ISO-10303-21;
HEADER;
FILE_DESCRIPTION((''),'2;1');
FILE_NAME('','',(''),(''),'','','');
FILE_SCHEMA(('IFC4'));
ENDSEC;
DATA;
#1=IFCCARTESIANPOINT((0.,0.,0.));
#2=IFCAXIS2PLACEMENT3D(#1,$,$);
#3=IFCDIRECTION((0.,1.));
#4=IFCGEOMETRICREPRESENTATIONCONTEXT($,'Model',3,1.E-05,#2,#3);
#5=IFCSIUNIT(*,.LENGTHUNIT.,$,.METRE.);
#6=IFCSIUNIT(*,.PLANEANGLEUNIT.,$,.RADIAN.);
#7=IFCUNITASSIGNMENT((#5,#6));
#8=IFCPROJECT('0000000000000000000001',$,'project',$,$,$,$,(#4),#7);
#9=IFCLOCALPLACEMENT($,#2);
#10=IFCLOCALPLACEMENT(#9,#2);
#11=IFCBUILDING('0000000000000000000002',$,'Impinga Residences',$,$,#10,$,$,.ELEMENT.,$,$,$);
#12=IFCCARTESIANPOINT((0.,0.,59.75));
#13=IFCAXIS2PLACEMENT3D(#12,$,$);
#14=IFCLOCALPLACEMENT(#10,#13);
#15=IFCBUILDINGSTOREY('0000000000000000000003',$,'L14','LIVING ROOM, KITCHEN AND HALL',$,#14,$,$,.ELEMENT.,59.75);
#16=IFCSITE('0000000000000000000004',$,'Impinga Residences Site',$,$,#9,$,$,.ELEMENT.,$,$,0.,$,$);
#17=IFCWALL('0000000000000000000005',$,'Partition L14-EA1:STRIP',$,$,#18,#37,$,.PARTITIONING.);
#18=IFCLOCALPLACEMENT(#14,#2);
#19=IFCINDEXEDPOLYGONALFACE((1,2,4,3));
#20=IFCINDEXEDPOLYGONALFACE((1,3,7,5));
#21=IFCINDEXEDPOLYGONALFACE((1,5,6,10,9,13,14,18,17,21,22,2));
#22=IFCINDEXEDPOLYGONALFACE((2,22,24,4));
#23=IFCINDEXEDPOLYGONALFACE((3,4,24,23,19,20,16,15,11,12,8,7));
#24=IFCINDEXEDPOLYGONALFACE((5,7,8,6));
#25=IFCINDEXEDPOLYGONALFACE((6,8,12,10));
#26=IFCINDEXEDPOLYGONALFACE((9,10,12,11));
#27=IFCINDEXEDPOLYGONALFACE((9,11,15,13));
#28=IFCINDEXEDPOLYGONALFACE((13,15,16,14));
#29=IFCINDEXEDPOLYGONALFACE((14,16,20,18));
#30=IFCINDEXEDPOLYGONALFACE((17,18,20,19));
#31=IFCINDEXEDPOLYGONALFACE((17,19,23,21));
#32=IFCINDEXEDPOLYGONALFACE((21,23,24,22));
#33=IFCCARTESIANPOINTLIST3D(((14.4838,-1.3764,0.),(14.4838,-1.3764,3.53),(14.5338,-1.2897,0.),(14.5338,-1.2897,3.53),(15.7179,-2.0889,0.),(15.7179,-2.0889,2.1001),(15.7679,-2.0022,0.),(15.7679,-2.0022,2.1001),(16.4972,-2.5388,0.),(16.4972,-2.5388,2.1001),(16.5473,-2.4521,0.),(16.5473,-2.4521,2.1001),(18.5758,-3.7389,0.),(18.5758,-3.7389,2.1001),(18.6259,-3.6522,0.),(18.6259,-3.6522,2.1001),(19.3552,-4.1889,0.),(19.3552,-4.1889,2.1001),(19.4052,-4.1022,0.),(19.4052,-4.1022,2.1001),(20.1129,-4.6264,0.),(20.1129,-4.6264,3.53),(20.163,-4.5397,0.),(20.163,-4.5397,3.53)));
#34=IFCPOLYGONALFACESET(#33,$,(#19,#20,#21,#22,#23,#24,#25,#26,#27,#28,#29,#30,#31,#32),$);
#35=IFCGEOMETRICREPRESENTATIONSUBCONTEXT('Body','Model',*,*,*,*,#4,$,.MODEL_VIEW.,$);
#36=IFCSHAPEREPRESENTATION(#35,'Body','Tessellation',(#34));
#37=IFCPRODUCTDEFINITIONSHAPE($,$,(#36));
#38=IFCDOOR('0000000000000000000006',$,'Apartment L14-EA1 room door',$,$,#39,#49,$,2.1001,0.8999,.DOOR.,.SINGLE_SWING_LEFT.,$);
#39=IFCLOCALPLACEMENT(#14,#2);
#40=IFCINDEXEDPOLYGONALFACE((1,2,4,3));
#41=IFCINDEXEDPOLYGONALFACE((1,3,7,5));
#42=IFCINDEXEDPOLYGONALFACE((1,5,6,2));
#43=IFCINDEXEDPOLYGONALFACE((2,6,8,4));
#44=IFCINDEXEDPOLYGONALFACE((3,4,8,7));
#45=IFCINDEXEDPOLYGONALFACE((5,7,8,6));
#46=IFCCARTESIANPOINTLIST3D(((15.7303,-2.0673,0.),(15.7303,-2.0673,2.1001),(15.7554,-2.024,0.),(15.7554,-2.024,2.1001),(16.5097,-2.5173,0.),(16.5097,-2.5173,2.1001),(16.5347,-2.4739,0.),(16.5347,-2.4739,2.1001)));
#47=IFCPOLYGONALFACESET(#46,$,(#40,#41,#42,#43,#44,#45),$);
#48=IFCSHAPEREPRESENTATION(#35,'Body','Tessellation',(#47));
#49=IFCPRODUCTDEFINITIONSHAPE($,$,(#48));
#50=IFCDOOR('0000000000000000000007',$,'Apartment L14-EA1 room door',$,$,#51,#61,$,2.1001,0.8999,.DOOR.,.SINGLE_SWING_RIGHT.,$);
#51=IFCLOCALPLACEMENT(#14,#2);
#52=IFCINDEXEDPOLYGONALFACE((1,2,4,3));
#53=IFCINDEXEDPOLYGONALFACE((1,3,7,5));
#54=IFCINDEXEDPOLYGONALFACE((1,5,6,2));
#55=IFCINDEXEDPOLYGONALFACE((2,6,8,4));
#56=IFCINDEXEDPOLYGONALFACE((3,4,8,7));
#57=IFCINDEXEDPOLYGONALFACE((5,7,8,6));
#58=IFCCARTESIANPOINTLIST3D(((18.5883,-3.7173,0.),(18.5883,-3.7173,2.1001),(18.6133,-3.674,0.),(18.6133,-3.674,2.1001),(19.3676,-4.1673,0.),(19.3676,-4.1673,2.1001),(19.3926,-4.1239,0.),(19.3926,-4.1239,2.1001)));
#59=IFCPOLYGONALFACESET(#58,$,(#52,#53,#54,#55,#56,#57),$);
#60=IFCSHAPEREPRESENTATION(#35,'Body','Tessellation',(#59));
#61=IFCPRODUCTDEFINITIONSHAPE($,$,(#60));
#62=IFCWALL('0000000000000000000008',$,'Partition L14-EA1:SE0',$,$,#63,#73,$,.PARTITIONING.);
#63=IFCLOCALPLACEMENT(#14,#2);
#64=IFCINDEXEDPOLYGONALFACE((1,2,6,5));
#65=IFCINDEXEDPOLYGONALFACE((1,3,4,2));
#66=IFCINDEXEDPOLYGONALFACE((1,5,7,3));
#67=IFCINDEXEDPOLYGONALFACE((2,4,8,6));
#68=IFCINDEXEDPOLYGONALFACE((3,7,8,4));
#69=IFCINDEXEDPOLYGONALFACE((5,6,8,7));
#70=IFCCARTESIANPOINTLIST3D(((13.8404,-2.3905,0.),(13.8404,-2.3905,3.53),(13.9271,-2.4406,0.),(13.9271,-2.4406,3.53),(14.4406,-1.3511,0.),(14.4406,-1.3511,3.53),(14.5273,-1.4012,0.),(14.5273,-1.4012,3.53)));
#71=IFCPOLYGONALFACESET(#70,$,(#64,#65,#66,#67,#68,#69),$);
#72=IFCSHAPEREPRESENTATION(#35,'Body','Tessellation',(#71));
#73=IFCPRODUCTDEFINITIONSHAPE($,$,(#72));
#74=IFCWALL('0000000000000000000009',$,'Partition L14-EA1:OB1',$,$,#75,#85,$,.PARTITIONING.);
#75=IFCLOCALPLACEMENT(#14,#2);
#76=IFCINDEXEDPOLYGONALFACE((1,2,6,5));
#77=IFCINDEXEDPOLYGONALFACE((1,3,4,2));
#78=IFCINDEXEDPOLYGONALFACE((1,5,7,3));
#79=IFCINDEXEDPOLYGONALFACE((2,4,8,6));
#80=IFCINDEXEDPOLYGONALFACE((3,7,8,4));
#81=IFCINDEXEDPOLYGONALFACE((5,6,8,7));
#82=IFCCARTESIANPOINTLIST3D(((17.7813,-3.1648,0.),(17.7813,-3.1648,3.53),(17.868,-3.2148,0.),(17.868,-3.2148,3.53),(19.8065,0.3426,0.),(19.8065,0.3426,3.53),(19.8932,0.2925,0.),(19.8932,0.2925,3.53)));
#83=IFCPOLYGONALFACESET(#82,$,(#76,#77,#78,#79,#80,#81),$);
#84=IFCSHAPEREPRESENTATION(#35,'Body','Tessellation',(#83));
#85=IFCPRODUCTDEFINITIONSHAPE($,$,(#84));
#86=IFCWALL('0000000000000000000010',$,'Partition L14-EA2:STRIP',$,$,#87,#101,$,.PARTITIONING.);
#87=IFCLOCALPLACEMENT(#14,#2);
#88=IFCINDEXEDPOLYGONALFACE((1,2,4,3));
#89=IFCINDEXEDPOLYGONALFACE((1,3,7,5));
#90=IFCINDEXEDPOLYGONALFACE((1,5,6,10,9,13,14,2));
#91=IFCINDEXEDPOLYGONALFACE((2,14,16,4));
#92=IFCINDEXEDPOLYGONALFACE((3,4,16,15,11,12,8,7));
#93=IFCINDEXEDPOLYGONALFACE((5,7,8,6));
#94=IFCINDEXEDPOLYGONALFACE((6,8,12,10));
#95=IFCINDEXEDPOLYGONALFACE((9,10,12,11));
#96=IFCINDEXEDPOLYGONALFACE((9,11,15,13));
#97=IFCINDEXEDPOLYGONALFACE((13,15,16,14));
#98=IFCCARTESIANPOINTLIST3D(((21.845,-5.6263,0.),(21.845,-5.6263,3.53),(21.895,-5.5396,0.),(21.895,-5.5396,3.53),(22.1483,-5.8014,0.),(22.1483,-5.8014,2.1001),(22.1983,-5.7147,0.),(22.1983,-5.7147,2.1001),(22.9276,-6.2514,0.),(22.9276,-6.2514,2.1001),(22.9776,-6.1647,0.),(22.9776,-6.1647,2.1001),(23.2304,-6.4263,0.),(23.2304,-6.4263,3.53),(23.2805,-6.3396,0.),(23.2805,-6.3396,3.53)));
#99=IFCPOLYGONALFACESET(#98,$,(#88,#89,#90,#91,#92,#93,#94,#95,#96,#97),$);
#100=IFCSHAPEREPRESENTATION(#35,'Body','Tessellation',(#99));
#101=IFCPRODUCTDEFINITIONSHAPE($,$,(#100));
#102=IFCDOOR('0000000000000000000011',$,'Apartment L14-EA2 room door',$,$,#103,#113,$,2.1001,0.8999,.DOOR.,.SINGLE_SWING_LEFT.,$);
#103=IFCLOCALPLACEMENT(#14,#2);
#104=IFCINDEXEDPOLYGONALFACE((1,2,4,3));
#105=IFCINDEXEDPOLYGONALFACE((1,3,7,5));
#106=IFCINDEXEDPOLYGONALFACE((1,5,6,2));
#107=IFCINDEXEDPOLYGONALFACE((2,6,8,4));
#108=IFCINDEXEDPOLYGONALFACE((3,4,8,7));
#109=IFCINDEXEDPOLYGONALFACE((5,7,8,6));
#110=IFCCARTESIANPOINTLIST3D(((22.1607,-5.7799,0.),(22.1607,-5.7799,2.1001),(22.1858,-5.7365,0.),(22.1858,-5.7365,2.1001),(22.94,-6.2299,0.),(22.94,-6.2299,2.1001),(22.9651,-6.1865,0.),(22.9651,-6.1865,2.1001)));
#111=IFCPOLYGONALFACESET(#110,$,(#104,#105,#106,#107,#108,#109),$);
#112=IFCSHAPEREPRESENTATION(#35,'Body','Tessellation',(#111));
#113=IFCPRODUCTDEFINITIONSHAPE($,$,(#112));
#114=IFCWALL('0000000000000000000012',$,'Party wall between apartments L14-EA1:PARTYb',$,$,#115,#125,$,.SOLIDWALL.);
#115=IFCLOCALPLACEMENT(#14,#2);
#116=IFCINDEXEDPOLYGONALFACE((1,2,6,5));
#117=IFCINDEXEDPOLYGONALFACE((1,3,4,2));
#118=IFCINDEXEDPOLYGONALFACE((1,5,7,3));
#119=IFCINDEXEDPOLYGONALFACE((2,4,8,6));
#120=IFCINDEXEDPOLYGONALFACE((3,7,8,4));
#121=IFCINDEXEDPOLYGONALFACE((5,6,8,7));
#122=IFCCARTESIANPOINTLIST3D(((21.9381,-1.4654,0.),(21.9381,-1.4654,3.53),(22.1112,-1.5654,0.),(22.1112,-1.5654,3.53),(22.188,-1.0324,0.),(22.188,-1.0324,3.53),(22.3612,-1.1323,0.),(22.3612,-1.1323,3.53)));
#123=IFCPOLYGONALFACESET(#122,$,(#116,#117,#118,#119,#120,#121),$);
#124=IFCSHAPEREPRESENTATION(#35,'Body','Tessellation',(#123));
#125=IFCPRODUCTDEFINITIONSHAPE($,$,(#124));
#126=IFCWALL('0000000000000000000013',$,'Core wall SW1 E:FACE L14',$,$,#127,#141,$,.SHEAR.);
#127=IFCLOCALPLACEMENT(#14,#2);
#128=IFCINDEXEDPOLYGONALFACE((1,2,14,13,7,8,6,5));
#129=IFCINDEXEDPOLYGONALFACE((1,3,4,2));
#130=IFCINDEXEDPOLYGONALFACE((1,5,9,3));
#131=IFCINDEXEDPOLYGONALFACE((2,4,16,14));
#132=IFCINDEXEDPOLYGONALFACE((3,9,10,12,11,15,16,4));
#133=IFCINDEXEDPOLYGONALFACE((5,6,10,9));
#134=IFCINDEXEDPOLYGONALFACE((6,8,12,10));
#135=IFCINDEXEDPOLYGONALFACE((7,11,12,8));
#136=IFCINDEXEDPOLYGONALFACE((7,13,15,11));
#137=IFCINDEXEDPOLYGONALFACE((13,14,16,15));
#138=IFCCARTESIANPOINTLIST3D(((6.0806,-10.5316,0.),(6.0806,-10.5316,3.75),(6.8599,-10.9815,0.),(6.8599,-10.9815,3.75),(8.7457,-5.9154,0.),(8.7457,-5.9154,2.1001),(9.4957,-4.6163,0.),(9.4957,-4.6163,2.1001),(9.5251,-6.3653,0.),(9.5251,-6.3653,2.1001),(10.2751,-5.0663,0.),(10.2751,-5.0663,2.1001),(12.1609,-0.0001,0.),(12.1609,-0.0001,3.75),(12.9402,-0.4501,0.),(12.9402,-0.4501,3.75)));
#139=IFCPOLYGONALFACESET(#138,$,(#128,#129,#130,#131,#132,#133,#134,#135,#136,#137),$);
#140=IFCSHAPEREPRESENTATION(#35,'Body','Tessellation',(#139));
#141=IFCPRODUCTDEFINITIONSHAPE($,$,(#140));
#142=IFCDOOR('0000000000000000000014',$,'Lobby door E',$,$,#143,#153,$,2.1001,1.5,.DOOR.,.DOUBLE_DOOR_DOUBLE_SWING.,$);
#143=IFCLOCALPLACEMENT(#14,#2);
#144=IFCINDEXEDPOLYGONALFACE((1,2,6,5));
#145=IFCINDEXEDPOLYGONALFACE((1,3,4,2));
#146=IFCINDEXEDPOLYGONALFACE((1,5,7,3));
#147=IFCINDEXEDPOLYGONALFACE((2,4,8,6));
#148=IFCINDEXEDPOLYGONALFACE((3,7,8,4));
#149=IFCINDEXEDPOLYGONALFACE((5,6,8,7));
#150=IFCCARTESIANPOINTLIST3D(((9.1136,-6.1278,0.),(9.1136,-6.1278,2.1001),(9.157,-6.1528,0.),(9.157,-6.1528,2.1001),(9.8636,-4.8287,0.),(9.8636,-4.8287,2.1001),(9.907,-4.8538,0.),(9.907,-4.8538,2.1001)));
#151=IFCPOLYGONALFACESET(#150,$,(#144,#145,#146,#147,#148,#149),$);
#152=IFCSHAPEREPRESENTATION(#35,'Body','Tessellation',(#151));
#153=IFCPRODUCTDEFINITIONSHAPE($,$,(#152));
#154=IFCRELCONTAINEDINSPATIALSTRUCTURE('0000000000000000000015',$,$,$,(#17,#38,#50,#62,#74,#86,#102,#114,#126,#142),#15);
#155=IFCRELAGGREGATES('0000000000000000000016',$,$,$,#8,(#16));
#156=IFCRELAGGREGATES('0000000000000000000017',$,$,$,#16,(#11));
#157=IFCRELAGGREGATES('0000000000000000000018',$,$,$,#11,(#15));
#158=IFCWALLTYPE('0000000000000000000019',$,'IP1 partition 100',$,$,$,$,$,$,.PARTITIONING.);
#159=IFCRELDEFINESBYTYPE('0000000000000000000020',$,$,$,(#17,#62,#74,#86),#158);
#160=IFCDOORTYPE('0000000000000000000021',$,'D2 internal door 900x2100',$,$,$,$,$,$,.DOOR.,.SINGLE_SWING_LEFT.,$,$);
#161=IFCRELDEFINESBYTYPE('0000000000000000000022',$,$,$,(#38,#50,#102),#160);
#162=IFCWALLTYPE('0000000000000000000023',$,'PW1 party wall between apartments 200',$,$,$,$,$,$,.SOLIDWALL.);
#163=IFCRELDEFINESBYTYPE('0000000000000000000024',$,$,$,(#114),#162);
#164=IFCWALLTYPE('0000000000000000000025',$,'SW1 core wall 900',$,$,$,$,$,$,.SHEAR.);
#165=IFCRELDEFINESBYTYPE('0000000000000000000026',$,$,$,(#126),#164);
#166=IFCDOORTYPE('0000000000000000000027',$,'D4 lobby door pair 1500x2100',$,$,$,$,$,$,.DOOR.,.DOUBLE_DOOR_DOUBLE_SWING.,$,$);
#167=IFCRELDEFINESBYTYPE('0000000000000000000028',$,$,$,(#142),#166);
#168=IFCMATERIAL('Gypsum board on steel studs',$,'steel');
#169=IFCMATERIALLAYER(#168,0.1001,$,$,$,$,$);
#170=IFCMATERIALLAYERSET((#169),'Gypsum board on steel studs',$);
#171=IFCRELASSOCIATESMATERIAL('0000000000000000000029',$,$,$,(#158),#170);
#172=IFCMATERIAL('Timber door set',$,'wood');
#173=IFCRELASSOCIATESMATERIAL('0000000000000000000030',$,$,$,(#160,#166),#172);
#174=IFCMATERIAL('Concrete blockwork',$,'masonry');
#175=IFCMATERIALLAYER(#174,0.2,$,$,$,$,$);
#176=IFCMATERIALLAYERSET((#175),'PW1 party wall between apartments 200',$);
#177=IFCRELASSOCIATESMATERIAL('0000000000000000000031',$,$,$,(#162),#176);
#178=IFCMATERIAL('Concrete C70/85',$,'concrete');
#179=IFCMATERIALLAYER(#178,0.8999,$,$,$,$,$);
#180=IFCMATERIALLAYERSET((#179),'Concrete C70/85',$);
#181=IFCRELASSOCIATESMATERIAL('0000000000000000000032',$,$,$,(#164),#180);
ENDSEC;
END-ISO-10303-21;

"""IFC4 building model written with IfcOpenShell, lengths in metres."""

from ifc_helpers import new_model, si_unit, direction, frame, frame_2d, origin, place, context, subcontext, project, spatial, rectangle, extrude, material, layer, layer_set, type_object, element, fill, save


model = new_model("IFC4")

# Units and contexts
model_context = context("Model", 3, precision=1e-05, world=origin(), true_north=direction((0.0, 1.0)))
body_context = subcontext(model_context, "Body", "Model", "MODEL_VIEW")
ifc_project = project(units=[si_unit("LENGTHUNIT", "METRE"), si_unit("PLANEANGLEUNIT", "RADIAN")], contexts=[model_context])

# Site, building, storey
site_placement = place(None, origin())
site = spatial("IfcSite", under=ifc_project, at=site_placement, Name="Impinga Residences Site", CompositionType="ELEMENT", RefElevation=0.0)
building_placement = place(site_placement, origin())
building = spatial("IfcBuilding", under=site, at=building_placement, Name="Impinga Residences", CompositionType="ELEMENT")
storey_placement = place(building_placement, frame((0.0, 0.0, 59.75)))
storey = spatial("IfcBuildingStorey", under=building, at=storey_placement, Name="L14", Description="LIVING ROOM, KITCHEN AND HALL", CompositionType="ELEMENT", Elevation=59.75)

# Shared definitions
ifc_material_1 = material(Name="Concrete C70/85", Category="concrete")

# Shared definitions
ifc_material_2 = material(Name="Gypsum board on steel studs", Category="steel")
ifc_layer_1 = layer(ifc_material_2, 0.1001)
ifc_layer_set_1 = layer_set([ifc_layer_1], Name="Gypsum board on steel studs")
wall_type_1 = type_object("IfcWallType", Name="IP1 partition 100", PredefinedType="PARTITIONING", material=ifc_layer_set_1)

# Wall, openings, doors
wall_1_placement = place(storey_placement, frame((14.5088, -1.333, 0.0), z_axis=(0.0, 0.0, 1.0), x_axis=(0.866025, -0.500001, 0.0)))
wall_1 = element("IfcWall", 1, at=wall_1_placement, inside=storey, type_object=wall_type_1, Name="Partition L14-EA1:STRIP", PredefinedType="PARTITIONING", context=body_context, shape_type="SweptSolid", body=[
    extrude(rectangle(XDim=6.5, YDim=0.1001, at=frame_2d((3.25, 0.0))), origin(), (0.0, 0.0, 1.0), 3.53),
])
opening_1_placement = place(wall_1_placement, frame((1.425, 0.0, 0.0)))
opening_1 = element("IfcOpeningElement", 2, at=opening_1_placement, cuts=wall_1, PredefinedType="OPENING", context=body_context, shape_type="SweptSolid", body=[
    extrude(rectangle(XDim=0.8999, YDim=2.1001, at=frame_2d((0.45, 1.05))), frame((0.0, 0.0601, 0.0), z_axis=(0.0, -1.0, 0.0), x_axis=(1.0, 0.0, 0.0)), (0.0, 0.0, 1.0), 0.1201),
])
opening_2_placement = place(wall_1_placement, frame((4.7251, 0.0, 0.0)))
opening_2 = element("IfcOpeningElement", 3, at=opening_2_placement, cuts=wall_1, PredefinedType="OPENING", context=body_context, shape_type="SweptSolid", body=[
    extrude(rectangle(XDim=0.8999, YDim=2.1001, at=frame_2d((0.45, 1.05))), frame((0.0, 0.0601, 0.0), z_axis=(0.0, -1.0, 0.0), x_axis=(1.0, 0.0, 0.0)), (0.0, 0.0, 1.0), 0.1201),
])
ifc_material_3 = material(Name="Timber door set", Category="wood")
door_type_1 = type_object("IfcDoorType", Name="D2 internal door 900x2100", OperationType="SINGLE_SWING_LEFT", PredefinedType="DOOR", material=ifc_material_3)
door_1_placement = place(opening_1_placement, origin())
door_1 = element("IfcDoor", 4, at=door_1_placement, inside=storey, type_object=door_type_1, Name="Apartment L14-EA1 room door", OperationType="SINGLE_SWING_LEFT", OverallHeight=2.1001, OverallWidth=0.8999, PredefinedType="DOOR", context=body_context, shape_type="SweptSolid", body=[
    extrude(rectangle(XDim=0.8999, YDim=2.1001, at=frame_2d((0.45, 1.05))), frame((0.0, 0.0249, 0.0), z_axis=(0.0, -1.0, 0.0), x_axis=(1.0, 0.0, 0.0)), (0.0, 0.0, 1.0), 0.05),
])
fill(opening_1, door_1)
door_2_placement = place(opening_2_placement, origin())
door_2 = element("IfcDoor", 5, at=door_2_placement, inside=storey, type_object=door_type_1, Name="Apartment L14-EA1 room door", OperationType="SINGLE_SWING_RIGHT", OverallHeight=2.1001, OverallWidth=0.8999, PredefinedType="DOOR", context=body_context, shape_type="SweptSolid", body=[
    extrude(rectangle(XDim=0.8999, YDim=2.1001, at=frame_2d((0.45, 1.05))), frame((0.0, 0.0249, 0.0), z_axis=(0.0, -1.0, 0.0), x_axis=(1.0, 0.0, 0.0)), (0.0, 0.0, 1.0), 0.05),
])
fill(opening_2, door_2)

# Walls
wall_2_placement = place(storey_placement, frame((13.8838, -2.4155, 0.0), z_axis=(0.0, 0.0, 1.0), x_axis=(0.500034, 0.866006, 0.0)))
element("IfcWall", 6, at=wall_2_placement, inside=storey, type_object=wall_type_1, Name="Partition L14-EA1:SE0", PredefinedType="PARTITIONING", context=body_context, shape_type="SweptSolid", body=[
    extrude(rectangle(XDim=1.2002, YDim=0.1001, at=frame_2d((0.6001, 0.0))), origin(), (0.0, 0.0, 1.0), 3.53),
])
wall_3_placement = place(storey_placement, frame((17.8247, -3.1897, 0.0), z_axis=(0.0, 0.0, 1.0), x_axis=(0.500036, 0.866005, 0.0)))
element("IfcWall", 7, at=wall_3_placement, inside=storey, type_object=wall_type_1, Name="Partition L14-EA1:OB1", PredefinedType="PARTITIONING", context=body_context, shape_type="SweptSolid", body=[
    extrude(rectangle(XDim=4.05, YDim=0.1001, at=frame_2d((2.0249, 0.0))), origin(), (0.0, 0.0, 1.0), 3.53),
])

# Wall, opening, door
wall_4_placement = place(storey_placement, frame((21.8701, -5.583, 0.0), z_axis=(0.0, 0.0, 1.0), x_axis=(0.86599, -0.500061, 0.0)))
wall_4 = element("IfcWall", 8, at=wall_4_placement, inside=storey, type_object=wall_type_1, Name="Partition L14-EA2:STRIP", PredefinedType="PARTITIONING", context=body_context, shape_type="SweptSolid", body=[
    extrude(rectangle(XDim=1.5999, YDim=0.1001, at=frame_2d((0.7998, 0.0))), origin(), (0.0, 0.0, 1.0), 3.53),
])
opening_3_placement = place(wall_4_placement, frame((0.3501, 0.0, 0.0)))
opening_3 = element("IfcOpeningElement", 9, at=opening_3_placement, cuts=wall_4, PredefinedType="OPENING", context=body_context, shape_type="SweptSolid", body=[
    extrude(rectangle(XDim=0.8999, YDim=2.1001, at=frame_2d((0.45, 1.05))), frame((0.0, 0.0601, 0.0), z_axis=(0.0, -1.0, 0.0), x_axis=(1.0, 0.0, 0.0)), (0.0, 0.0, 1.0), 0.1201),
])
door_3_placement = place(opening_3_placement, origin())
door_3 = element("IfcDoor", 10, at=door_3_placement, inside=storey, type_object=door_type_1, Name="Apartment L14-EA2 room door", OperationType="SINGLE_SWING_LEFT", OverallHeight=2.1001, OverallWidth=0.8999, PredefinedType="DOOR", context=body_context, shape_type="SweptSolid", body=[
    extrude(rectangle(XDim=0.8999, YDim=2.1001, at=frame_2d((0.45, 1.05))), frame((0.0, 0.0249, 0.0), z_axis=(0.0, -1.0, 0.0), x_axis=(1.0, 0.0, 0.0)), (0.0, 0.0, 1.0), 0.05),
])
fill(opening_3, door_3)

# Wall
ifc_material_4 = material(Name="Concrete blockwork", Category="masonry")
ifc_layer_2 = layer(ifc_material_4, 0.2)
ifc_layer_set_2 = layer_set([ifc_layer_2], Name="PW1 party wall between apartments 200")
wall_type_2 = type_object("IfcWallType", Name="PW1 party wall between apartments 200", PredefinedType="SOLIDWALL", material=ifc_layer_set_2)
wall_5_placement = place(storey_placement, frame((22.0247, -1.5154, 0.0), z_axis=(0.0, 0.0, 1.0), x_axis=(0.49992, 0.866072, 0.0)))
element("IfcWall", 11, at=wall_5_placement, inside=storey, type_object=wall_type_2, Name="Party wall between apartments L14-EA1:PARTYb", PredefinedType="SOLIDWALL", context=body_context, shape_type="SweptSolid", body=[
    extrude(rectangle(XDim=0.5, YDim=0.2, at=frame_2d((0.25, 0.0))), origin(), (0.0, 0.0, 1.0), 3.53),
])

# Wall, opening, door
ifc_layer_3 = layer(ifc_material_1, 0.8999)
ifc_layer_set_3 = layer_set([ifc_layer_3], Name="Concrete C70/85")
wall_type_3 = type_object("IfcWallType", Name="SW1 core wall 900", PredefinedType="SHEAR", material=ifc_layer_set_3)
wall_6_placement = place(storey_placement, frame((12.5505, -0.2251, 0.0), z_axis=(0.0, 0.0, 1.0), x_axis=(-0.499998, -0.866027, 0.0)))
wall_6 = element("IfcWall", 12, at=wall_6_placement, inside=storey, type_object=wall_type_3, Name="Core wall SW1 E:FACE L14", PredefinedType="SHEAR", context=body_context, shape_type="SweptSolid", body=[
    extrude(rectangle(XDim=12.1606, YDim=0.8999, at=frame_2d((6.0803, 0.0))), origin(), (0.0, 0.0, 1.0), 3.75),
])
opening_4_placement = place(wall_6_placement, frame((5.3303, 0.0, 0.0)))
opening_4 = element("IfcOpeningElement", 13, at=opening_4_placement, cuts=wall_6, PredefinedType="OPENING", context=body_context, shape_type="SweptSolid", body=[
    extrude(rectangle(XDim=1.5, YDim=2.1001, at=frame_2d((0.75, 1.05))), frame((0.0, 0.46, 0.0), z_axis=(0.0, -1.0, 0.0), x_axis=(1.0, 0.0, 0.0)), (0.0, 0.0, 1.0), 0.9199),
])
door_type_2 = type_object("IfcDoorType", Name="D4 lobby door pair 1500x2100", OperationType="DOUBLE_DOOR_DOUBLE_SWING", PredefinedType="DOOR", material=ifc_material_3)
door_4_placement = place(opening_4_placement, origin())
door_4 = element("IfcDoor", 14, at=door_4_placement, inside=storey, type_object=door_type_2, Name="Lobby door E", OperationType="DOUBLE_DOOR_DOUBLE_SWING", OverallHeight=2.1001, OverallWidth=1.5, PredefinedType="DOOR", context=body_context, shape_type="SweptSolid", body=[
    extrude(rectangle(XDim=1.5, YDim=2.1001, at=frame_2d((0.75, 1.05))), frame((0.0, 0.0249, 0.0), z_axis=(0.0, -1.0, 0.0), x_axis=(1.0, 0.0, 0.0)), (0.0, 0.0, 1.0), 0.05),
])
fill(opening_4, door_4)

save(model, "model.ifc")
